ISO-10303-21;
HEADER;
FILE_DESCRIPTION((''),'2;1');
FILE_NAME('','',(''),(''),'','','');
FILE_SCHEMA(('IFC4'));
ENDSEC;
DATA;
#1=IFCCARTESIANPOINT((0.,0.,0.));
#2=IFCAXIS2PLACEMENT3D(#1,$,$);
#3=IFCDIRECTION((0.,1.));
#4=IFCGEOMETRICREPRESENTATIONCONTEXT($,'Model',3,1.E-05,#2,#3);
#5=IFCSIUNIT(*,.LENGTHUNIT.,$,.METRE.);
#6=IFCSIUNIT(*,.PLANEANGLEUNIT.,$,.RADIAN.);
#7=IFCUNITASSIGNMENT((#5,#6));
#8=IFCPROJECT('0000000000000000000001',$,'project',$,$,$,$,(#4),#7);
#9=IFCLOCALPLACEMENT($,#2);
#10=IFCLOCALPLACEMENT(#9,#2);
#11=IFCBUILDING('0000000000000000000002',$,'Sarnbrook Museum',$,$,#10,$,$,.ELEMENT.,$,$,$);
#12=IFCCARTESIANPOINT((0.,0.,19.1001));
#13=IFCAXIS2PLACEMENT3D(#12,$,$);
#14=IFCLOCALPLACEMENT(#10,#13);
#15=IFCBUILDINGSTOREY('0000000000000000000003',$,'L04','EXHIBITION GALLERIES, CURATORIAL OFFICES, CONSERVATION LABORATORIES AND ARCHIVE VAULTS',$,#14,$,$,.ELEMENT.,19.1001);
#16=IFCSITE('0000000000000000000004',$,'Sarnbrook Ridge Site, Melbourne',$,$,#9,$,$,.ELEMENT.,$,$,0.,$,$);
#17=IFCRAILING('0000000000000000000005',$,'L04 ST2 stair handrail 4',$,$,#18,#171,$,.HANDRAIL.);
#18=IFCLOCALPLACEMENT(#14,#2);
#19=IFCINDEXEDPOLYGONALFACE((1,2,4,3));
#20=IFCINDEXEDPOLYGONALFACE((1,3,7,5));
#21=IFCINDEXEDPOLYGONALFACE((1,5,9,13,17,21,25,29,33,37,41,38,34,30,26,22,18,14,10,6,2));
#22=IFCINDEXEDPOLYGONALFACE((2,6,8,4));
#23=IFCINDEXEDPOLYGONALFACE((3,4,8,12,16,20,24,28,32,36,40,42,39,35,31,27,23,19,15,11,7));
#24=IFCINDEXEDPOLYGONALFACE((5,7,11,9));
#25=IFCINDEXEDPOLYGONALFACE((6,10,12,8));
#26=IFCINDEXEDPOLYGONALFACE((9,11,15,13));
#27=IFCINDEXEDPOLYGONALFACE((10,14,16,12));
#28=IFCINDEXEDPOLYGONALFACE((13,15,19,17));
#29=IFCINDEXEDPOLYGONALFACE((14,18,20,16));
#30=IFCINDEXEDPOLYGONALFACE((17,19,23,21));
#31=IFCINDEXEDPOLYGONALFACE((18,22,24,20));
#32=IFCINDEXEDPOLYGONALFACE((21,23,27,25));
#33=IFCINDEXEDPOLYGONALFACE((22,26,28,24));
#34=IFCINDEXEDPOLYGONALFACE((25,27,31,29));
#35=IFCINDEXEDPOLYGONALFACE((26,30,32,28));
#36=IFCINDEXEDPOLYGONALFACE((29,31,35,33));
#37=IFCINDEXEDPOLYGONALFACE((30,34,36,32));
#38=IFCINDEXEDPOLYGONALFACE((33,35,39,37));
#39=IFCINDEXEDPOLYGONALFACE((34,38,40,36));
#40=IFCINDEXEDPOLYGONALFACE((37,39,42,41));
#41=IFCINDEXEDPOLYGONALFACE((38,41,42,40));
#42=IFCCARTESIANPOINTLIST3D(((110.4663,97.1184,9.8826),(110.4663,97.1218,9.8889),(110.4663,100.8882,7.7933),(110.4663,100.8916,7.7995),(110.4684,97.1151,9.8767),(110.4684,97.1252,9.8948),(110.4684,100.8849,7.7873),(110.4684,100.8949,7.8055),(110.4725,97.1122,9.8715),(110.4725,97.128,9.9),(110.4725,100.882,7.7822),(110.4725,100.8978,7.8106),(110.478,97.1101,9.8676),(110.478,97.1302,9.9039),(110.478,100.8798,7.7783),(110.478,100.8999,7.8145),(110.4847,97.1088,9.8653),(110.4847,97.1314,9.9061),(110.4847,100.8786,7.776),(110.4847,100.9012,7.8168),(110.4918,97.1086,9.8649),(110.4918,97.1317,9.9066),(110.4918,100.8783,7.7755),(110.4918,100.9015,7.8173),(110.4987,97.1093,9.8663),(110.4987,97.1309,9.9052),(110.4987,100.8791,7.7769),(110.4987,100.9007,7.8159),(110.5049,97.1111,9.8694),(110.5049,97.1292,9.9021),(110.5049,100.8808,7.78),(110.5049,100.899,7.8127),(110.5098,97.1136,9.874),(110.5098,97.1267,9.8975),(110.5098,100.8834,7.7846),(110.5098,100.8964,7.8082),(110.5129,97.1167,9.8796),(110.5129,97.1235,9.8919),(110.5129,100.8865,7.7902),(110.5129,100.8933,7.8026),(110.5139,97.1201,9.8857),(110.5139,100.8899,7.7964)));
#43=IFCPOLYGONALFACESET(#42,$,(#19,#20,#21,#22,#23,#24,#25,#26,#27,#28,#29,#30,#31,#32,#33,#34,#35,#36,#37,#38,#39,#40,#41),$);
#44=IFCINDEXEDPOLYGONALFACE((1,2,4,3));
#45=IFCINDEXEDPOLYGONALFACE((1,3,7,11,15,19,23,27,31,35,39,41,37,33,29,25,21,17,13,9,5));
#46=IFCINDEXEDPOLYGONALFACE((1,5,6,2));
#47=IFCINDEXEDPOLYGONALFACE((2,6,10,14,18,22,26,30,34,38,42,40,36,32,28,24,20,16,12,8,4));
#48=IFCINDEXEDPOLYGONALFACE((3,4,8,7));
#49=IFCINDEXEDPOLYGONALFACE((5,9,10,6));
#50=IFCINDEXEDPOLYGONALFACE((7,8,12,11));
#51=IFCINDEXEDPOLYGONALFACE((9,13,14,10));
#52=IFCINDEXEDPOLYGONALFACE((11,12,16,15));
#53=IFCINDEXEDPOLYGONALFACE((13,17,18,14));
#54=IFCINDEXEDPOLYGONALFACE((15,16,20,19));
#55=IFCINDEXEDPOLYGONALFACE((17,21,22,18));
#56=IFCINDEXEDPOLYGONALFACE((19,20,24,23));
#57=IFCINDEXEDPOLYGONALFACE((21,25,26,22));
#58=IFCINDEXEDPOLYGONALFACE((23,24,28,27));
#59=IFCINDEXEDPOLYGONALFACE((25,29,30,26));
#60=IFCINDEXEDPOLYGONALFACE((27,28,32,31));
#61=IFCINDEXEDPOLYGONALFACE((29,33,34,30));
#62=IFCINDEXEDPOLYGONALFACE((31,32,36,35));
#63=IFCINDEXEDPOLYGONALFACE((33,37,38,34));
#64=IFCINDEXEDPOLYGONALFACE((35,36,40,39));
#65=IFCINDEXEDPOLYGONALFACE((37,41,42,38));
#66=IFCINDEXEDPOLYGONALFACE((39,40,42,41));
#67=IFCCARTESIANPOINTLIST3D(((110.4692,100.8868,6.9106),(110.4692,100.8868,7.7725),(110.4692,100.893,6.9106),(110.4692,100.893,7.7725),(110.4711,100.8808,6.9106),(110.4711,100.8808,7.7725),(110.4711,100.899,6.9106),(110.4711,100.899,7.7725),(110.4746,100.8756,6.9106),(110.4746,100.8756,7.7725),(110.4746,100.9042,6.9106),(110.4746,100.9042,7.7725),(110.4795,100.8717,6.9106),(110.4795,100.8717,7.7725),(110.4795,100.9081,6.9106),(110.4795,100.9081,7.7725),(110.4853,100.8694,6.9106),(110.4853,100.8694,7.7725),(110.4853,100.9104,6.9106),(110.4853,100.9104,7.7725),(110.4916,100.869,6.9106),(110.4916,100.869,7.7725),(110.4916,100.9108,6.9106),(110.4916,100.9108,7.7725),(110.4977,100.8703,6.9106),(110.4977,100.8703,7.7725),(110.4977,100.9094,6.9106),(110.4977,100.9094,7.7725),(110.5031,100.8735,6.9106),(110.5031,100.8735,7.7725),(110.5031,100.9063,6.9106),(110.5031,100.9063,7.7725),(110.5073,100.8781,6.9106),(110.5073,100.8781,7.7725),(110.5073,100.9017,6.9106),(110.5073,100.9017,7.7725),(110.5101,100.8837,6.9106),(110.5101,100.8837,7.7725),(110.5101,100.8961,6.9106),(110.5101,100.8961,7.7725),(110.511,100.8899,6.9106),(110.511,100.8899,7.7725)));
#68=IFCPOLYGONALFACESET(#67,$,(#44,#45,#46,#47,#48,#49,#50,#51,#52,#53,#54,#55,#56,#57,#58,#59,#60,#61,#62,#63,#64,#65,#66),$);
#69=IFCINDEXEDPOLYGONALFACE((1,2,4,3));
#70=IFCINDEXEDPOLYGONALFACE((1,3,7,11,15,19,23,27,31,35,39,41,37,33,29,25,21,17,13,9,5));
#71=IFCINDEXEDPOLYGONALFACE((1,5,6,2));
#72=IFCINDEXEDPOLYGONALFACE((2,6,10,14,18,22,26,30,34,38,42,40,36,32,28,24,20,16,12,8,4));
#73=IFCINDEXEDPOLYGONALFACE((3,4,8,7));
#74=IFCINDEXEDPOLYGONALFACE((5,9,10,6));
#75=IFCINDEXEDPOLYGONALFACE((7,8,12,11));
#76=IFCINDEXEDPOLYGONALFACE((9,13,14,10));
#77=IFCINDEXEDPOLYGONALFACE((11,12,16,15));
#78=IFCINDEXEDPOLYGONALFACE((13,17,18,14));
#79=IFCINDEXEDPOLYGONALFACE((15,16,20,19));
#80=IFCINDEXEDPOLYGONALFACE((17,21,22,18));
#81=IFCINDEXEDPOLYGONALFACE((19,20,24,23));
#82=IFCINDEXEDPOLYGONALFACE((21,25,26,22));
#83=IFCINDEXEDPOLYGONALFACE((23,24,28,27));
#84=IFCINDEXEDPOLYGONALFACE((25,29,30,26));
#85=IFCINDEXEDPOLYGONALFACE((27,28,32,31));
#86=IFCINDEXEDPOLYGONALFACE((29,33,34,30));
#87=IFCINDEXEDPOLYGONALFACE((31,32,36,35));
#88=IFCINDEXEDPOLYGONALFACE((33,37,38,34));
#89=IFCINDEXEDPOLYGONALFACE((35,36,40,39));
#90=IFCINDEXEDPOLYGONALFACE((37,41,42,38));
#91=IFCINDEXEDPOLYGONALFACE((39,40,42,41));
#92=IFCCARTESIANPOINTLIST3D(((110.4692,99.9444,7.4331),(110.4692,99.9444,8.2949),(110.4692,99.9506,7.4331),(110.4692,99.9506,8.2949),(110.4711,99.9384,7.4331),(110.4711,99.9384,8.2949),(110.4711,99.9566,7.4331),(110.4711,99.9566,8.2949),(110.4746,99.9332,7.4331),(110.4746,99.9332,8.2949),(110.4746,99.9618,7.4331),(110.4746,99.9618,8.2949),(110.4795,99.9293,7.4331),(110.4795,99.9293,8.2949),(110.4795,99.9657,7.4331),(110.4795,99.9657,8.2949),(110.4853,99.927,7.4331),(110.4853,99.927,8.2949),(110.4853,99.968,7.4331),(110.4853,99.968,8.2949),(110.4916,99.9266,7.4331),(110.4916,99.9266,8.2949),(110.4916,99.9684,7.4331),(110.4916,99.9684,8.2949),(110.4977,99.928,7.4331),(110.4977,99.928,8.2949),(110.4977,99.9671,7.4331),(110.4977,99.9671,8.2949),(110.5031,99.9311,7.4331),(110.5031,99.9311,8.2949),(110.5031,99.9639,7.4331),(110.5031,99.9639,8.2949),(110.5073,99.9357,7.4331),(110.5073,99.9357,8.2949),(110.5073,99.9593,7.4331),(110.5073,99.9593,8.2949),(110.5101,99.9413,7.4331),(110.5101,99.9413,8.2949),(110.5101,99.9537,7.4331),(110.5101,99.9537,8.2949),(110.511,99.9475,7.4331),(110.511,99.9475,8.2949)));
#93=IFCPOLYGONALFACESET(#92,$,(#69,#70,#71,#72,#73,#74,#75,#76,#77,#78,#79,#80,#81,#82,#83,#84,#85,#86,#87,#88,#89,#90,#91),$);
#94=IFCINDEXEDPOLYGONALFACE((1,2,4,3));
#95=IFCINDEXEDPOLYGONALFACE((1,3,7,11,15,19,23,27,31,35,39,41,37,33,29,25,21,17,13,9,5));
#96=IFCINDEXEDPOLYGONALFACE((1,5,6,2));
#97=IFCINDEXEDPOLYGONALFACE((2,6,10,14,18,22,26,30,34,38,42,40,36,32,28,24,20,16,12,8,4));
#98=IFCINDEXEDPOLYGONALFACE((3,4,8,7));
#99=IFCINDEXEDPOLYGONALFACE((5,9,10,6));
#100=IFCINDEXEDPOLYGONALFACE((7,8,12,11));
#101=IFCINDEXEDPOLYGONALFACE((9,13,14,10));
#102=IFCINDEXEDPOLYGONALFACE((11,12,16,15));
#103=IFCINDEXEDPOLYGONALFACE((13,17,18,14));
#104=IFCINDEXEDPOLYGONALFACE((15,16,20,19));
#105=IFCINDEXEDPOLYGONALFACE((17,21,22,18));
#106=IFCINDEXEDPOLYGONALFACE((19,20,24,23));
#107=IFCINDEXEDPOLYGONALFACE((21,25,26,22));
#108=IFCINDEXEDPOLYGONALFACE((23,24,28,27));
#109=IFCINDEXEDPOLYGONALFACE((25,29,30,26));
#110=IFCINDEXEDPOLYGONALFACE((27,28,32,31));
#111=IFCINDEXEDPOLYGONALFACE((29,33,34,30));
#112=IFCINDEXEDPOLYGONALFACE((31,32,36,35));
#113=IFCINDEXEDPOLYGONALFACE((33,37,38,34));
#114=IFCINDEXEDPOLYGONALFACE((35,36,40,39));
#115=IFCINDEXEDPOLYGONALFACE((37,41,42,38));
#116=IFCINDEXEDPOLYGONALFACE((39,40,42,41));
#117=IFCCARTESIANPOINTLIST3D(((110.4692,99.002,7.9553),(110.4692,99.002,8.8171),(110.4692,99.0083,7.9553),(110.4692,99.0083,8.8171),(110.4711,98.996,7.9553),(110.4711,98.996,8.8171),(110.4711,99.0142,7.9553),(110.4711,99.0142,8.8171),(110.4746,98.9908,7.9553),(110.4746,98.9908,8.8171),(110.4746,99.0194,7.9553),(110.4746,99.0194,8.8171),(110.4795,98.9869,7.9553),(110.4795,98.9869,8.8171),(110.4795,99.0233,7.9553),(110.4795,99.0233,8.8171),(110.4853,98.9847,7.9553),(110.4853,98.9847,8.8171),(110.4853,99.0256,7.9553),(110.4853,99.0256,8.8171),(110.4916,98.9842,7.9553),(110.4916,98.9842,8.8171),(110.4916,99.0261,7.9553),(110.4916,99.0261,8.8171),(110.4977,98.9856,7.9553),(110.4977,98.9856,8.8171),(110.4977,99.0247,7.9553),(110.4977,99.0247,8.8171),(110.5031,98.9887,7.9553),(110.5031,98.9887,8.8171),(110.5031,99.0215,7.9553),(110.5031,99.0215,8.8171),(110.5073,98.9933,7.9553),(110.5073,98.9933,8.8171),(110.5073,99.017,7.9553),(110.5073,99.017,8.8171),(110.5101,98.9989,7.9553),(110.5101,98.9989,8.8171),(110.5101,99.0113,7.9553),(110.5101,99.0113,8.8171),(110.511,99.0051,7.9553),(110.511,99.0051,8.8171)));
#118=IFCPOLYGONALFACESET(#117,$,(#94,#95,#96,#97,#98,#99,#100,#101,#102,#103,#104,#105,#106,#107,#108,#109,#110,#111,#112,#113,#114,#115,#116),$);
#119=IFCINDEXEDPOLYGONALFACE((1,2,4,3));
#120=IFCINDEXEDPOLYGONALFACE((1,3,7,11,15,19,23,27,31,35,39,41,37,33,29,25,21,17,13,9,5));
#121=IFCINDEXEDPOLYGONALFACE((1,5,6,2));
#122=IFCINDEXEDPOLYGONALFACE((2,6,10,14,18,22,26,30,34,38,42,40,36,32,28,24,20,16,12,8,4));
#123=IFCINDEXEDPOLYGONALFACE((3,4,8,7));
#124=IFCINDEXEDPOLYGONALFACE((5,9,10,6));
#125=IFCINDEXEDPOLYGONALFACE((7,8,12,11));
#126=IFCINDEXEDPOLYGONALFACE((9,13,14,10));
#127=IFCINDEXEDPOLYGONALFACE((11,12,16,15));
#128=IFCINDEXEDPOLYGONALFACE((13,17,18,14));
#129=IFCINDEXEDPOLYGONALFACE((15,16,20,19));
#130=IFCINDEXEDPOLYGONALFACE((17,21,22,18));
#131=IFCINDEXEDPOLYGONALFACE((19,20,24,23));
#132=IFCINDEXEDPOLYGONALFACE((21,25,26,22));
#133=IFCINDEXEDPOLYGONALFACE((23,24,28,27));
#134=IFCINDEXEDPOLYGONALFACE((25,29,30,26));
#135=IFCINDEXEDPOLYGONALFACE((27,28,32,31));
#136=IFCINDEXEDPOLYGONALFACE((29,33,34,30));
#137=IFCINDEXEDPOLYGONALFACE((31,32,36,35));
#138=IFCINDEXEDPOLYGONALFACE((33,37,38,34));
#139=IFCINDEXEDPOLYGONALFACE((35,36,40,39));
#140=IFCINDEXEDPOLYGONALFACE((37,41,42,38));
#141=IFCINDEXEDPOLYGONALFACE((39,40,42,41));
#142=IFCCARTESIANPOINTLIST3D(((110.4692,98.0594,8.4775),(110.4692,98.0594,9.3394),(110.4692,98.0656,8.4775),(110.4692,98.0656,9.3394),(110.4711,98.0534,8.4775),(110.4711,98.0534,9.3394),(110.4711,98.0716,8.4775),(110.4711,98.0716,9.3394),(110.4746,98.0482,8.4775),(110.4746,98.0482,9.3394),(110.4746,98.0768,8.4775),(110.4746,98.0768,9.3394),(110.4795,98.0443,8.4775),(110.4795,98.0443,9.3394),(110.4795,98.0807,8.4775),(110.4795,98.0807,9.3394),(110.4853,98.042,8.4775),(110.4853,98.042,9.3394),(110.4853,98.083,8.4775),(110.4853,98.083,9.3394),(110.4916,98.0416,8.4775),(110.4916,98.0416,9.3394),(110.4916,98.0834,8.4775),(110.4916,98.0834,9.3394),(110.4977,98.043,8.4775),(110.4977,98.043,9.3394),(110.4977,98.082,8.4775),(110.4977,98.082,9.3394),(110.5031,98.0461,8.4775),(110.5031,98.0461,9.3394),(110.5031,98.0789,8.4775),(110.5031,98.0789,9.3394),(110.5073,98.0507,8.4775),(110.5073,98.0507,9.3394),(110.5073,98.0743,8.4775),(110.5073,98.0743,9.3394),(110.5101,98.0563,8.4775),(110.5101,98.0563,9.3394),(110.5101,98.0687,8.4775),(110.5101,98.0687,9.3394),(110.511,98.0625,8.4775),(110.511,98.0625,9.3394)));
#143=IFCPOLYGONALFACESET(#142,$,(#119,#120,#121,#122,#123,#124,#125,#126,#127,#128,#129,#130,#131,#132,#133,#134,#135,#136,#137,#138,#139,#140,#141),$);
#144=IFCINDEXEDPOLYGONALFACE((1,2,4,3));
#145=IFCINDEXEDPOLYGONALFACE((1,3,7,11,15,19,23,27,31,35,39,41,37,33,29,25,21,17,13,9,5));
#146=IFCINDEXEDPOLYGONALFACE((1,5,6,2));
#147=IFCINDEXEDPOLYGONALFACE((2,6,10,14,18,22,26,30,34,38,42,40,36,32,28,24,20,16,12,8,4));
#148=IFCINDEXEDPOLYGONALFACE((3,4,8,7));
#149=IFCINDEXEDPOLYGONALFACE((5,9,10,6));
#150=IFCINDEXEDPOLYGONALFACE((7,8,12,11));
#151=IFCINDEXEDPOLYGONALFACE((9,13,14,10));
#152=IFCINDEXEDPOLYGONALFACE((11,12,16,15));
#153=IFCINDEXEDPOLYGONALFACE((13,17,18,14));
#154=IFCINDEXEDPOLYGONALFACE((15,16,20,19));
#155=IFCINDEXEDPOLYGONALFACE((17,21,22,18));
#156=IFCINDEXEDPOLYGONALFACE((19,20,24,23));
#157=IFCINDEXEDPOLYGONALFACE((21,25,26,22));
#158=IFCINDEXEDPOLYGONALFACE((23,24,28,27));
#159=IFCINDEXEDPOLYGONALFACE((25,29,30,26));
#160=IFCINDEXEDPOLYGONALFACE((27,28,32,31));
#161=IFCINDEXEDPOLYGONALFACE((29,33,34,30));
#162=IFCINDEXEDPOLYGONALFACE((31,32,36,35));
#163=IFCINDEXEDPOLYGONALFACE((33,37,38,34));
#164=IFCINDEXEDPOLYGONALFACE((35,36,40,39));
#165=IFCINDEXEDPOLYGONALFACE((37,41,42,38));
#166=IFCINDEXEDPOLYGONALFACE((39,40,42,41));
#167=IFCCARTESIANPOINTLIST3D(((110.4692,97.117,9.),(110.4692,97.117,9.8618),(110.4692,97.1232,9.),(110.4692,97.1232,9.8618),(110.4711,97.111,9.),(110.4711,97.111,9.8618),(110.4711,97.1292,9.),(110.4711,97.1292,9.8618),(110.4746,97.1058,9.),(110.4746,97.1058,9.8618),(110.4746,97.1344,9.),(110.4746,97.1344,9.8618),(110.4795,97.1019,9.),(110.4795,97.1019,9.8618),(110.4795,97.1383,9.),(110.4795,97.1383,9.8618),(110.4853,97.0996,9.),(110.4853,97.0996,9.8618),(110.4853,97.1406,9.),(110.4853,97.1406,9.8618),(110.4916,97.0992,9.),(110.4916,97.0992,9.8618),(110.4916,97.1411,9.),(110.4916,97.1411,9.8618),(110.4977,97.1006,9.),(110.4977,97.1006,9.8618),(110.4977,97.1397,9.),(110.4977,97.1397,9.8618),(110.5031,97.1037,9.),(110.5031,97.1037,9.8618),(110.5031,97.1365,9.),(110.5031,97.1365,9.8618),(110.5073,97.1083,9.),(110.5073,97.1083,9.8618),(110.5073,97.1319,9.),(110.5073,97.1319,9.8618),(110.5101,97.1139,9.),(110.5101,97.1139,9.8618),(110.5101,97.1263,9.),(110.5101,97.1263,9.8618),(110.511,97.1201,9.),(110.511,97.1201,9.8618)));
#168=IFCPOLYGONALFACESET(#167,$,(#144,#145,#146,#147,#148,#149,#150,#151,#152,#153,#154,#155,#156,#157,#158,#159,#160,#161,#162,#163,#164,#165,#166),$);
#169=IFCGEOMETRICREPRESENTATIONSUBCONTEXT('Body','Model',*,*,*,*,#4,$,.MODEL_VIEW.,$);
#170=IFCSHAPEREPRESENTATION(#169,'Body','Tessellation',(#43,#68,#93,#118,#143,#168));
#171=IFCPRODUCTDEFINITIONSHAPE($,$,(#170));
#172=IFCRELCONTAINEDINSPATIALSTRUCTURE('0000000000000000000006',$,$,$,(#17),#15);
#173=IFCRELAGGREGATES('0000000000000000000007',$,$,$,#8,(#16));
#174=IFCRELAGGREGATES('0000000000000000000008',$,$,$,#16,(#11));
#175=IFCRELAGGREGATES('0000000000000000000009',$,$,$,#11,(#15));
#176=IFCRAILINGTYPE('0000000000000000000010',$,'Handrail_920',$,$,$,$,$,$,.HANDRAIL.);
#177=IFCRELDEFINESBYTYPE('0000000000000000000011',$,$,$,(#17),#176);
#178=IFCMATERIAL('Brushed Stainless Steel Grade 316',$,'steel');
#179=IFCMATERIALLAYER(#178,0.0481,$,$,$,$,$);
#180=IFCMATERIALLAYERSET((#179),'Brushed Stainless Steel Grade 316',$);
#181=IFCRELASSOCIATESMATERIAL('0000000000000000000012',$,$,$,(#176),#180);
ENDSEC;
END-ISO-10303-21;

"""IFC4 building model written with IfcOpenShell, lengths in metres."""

from ifc_helpers import new_model, si_unit, direction, frame, origin, origin_2d, place, context, subcontext, project, spatial, circle, extrude, material, layer, layer_set, type_object, element, save


model = new_model("IFC4")

# Units and contexts
model_context = context("Model", 3, precision=1e-05, world=origin(), true_north=direction((0.0, 1.0)))
body_context = subcontext(model_context, "Body", "Model", "MODEL_VIEW")
ifc_project = project(units=[si_unit("LENGTHUNIT", "METRE"), si_unit("PLANEANGLEUNIT", "RADIAN")], contexts=[model_context])

# Site, building, storey
site_placement = place(None, origin())
site = spatial("IfcSite", under=ifc_project, at=site_placement, Name="Sarnbrook Ridge Site, Melbourne", CompositionType="ELEMENT", RefElevation=0.0)
building_placement = place(site_placement, origin())
building = spatial("IfcBuilding", under=site, at=building_placement, Name="Sarnbrook Museum", CompositionType="ELEMENT")
storey_placement = place(building_placement, frame((0.0, 0.0, 19.1001)))
storey = spatial("IfcBuildingStorey", under=building, at=storey_placement, Name="L04", Description="EXHIBITION GALLERIES, CURATORIAL OFFICES, CONSERVATION LABORATORIES AND ARCHIVE VAULTS", CompositionType="ELEMENT", Elevation=19.1001)

# Railing
ifc_material_1 = material(Name="Brushed Stainless Steel Grade 316", Category="steel")
ifc_layer_1 = layer(ifc_material_1, 0.0481)
ifc_layer_set_1 = layer_set([ifc_layer_1], Name="Brushed Stainless Steel Grade 316")
railing_type_1 = type_object("IfcRailingType", Name="Handrail_920", PredefinedType="HANDRAIL", material=ifc_layer_set_1)
for number, where, name in (
    (1, (110.49, 100.8899, 6.9106), "L04 ST2 stair handrail 4"),
):
    element("IfcRailing", number, at=place(storey_placement, frame(where)), inside=storey, type_object=railing_type_1, Name=name, PredefinedType="HANDRAIL", context=body_context, shape_type="SweptSolid", body=[
        extrude(circle(Radius=0.0239, at=origin_2d()), frame((0.0, 0.0, 0.8857), z_axis=(0.0, -0.874646, 0.484763), x_axis=(1.0, 0.0, 0.0)), (0.0, 0.0, 1.0), 4.3101),
        extrude(circle(Radius=0.021, at=origin_2d()), origin(), (0.0, 0.0, 1.0), 0.8618),
        extrude(circle(Radius=0.021, at=origin_2d()), frame((0.0, -0.9424, 0.5225)), (0.0, 0.0, 1.0), 0.8618),
        extrude(circle(Radius=0.021, at=origin_2d()), frame((0.0, -1.8848, 1.0447)), (0.0, 0.0, 1.0), 0.8618),
        extrude(circle(Radius=0.021, at=origin_2d()), frame((0.0, -2.8274, 1.5669)), (0.0, 0.0, 1.0), 0.8618),
        extrude(circle(Radius=0.021, at=origin_2d()), frame((0.0, -3.7698, 2.0894)), (0.0, 0.0, 1.0), 0.8618),
    ])

save(model, "model.ifc")
